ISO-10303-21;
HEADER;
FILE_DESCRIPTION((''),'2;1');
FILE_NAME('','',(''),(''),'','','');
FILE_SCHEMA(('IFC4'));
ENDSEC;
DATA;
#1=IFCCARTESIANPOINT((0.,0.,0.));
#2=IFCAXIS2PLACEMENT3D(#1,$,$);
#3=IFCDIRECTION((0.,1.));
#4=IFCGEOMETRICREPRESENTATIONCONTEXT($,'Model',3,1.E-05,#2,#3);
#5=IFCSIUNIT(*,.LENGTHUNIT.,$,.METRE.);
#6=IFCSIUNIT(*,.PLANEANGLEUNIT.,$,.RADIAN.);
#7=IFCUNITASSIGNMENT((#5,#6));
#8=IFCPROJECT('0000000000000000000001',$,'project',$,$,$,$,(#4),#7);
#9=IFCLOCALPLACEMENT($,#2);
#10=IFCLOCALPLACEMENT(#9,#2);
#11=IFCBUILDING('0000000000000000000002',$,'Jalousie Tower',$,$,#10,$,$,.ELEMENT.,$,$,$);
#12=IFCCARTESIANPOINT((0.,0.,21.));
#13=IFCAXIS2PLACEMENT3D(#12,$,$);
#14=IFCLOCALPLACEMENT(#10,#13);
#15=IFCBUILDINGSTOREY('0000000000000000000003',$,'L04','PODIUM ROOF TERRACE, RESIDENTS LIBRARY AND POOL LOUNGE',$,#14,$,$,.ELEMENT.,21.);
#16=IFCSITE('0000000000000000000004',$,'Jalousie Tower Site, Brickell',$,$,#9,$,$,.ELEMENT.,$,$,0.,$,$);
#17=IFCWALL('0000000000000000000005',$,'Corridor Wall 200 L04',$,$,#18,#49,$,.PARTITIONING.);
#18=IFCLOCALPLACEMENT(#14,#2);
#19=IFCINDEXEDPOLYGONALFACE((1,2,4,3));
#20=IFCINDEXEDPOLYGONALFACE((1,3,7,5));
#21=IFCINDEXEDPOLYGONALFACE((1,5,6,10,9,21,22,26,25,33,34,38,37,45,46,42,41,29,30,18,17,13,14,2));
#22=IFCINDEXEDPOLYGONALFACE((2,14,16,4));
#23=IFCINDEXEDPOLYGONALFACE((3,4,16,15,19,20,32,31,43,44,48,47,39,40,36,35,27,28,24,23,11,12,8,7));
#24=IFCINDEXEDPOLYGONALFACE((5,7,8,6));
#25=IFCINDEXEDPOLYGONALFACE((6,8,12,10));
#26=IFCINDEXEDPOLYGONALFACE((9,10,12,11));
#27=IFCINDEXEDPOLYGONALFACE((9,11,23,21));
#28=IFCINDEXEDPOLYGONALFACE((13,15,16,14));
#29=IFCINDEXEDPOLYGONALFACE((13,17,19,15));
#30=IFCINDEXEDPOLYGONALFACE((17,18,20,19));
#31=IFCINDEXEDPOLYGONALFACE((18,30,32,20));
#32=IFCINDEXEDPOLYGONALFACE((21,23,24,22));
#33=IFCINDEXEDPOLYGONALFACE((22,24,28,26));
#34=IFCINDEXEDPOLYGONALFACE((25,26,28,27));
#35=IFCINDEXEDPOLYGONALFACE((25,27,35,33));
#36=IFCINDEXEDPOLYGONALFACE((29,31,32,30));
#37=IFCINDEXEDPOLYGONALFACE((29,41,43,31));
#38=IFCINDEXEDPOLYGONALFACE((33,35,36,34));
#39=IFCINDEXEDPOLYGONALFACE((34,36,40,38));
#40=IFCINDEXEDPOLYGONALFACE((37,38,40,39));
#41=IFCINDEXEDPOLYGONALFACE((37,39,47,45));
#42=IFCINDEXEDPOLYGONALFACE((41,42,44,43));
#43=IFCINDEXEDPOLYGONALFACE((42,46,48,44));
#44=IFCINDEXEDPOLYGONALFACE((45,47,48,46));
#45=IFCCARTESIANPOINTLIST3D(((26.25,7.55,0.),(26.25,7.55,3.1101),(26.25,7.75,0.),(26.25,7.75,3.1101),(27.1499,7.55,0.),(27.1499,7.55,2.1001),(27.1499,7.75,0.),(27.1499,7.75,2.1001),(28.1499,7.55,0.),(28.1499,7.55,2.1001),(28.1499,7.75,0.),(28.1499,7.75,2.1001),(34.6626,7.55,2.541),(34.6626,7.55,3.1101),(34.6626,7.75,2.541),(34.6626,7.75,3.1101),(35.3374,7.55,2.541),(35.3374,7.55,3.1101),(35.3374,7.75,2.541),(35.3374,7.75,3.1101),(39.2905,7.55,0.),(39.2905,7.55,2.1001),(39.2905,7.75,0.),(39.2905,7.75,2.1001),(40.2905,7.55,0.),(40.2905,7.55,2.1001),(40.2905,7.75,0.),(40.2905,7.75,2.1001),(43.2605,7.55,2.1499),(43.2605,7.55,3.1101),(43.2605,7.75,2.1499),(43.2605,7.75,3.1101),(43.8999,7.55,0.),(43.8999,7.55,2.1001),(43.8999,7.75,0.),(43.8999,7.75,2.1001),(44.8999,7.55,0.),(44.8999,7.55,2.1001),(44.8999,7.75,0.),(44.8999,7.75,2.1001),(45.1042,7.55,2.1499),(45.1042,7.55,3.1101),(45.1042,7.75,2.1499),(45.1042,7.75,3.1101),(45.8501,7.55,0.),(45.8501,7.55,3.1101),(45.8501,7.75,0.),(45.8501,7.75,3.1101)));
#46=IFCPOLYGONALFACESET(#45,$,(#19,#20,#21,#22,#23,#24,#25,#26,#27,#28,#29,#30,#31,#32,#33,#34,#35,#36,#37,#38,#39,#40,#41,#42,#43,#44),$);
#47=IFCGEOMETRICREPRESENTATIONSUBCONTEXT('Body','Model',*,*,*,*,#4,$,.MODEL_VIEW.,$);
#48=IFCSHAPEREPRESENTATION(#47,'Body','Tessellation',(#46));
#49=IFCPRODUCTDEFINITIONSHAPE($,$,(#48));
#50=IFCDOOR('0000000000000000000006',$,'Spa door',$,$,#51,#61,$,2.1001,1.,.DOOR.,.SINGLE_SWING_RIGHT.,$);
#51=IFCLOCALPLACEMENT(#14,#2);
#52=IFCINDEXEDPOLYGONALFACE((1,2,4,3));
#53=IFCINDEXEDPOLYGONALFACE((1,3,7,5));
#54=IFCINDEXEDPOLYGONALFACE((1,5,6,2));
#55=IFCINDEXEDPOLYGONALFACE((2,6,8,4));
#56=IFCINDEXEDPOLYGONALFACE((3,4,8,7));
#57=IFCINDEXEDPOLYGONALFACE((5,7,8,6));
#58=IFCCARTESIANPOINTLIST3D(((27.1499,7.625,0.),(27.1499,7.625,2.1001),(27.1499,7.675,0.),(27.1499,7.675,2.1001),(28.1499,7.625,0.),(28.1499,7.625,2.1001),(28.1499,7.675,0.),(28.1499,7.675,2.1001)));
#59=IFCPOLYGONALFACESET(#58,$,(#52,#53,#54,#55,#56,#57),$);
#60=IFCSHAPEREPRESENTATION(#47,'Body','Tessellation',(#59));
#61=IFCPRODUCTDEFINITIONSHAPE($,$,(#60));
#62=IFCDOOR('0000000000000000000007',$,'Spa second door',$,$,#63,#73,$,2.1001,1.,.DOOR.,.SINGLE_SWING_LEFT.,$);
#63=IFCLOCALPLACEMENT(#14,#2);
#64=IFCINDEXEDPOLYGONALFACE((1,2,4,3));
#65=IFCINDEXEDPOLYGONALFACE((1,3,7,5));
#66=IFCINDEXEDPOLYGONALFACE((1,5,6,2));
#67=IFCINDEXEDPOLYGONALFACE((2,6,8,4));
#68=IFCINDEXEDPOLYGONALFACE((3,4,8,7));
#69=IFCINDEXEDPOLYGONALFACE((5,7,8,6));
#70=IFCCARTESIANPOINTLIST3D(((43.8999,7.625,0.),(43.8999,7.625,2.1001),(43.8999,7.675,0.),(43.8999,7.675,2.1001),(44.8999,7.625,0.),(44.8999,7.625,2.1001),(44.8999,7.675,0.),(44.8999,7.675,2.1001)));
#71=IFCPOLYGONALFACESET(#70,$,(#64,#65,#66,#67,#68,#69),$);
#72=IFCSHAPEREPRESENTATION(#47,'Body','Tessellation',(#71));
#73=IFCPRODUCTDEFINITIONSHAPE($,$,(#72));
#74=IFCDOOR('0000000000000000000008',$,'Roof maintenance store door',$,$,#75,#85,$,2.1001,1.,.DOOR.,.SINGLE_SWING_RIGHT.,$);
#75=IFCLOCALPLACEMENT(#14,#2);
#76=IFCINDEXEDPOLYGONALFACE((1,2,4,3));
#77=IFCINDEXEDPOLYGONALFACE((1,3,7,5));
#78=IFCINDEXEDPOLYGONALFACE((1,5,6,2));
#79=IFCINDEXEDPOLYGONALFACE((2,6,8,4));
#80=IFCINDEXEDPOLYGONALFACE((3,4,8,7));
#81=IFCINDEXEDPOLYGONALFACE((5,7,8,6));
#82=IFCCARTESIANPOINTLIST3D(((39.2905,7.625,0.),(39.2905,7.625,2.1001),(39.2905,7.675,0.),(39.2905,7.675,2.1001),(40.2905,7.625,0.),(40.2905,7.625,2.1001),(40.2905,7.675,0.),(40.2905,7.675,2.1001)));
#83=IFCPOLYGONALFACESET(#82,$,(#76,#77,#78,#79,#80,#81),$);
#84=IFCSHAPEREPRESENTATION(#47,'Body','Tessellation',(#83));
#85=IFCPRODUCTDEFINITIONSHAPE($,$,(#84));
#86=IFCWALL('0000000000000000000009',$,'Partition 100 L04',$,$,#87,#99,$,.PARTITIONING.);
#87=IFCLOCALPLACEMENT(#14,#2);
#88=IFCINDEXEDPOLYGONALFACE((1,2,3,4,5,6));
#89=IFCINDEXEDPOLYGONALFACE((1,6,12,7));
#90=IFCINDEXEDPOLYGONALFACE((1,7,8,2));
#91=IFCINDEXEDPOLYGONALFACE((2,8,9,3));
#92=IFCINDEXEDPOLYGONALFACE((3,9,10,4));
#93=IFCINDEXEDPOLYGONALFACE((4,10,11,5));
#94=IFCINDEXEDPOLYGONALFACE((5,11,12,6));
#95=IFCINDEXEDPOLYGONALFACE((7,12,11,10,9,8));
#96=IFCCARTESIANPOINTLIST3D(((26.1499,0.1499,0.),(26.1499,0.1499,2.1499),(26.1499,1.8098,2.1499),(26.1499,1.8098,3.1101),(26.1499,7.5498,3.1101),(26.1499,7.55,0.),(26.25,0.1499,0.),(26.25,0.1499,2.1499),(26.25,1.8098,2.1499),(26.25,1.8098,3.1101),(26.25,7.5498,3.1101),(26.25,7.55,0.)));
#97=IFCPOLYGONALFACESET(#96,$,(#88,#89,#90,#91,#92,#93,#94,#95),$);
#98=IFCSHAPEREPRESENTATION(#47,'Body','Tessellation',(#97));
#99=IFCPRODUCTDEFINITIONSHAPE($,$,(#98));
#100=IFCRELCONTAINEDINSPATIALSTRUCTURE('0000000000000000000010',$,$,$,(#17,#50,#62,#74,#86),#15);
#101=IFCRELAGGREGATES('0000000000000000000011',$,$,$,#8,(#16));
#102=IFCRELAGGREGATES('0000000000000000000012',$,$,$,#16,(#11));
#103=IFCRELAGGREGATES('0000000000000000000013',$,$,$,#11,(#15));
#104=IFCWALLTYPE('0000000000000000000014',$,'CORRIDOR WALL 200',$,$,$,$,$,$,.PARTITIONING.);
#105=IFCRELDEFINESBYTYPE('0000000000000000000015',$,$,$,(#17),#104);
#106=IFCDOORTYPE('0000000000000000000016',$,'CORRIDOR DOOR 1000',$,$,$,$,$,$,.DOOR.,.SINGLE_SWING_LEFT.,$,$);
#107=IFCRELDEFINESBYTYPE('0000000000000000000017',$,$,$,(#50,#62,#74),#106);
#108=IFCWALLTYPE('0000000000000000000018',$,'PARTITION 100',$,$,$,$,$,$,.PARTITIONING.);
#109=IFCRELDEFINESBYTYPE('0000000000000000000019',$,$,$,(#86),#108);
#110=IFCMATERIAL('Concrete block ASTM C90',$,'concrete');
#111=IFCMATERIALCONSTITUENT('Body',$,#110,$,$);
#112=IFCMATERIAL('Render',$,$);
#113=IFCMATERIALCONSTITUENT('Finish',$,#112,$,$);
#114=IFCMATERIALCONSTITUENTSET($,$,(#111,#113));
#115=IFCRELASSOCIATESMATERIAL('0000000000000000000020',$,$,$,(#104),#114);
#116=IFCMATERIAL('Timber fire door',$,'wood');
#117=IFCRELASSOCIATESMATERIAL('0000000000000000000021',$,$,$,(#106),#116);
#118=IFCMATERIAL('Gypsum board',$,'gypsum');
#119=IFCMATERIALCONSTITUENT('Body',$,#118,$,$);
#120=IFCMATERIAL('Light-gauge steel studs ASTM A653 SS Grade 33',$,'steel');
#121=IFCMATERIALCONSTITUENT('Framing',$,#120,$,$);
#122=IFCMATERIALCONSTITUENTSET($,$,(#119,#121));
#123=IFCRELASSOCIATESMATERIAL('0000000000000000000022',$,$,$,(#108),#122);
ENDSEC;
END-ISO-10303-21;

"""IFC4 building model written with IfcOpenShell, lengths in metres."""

from ifc_helpers import new_model, si_unit, direction, frame, frame_2d, origin, place, context, subcontext, project, spatial, polyline, rectangle, outline, extrude, material, constituent, constituent_set, type_object, element, fill, save


model = new_model("IFC4")

# Units and contexts
model_context = context("Model", 3, precision=1e-05, world=origin(), true_north=direction((0.0, 1.0)))
body_context = subcontext(model_context, "Body", "Model", "MODEL_VIEW")
ifc_project = project(units=[si_unit("LENGTHUNIT", "METRE"), si_unit("PLANEANGLEUNIT", "RADIAN")], contexts=[model_context])

# Site, building, storey
site_placement = place(None, origin())
site = spatial("IfcSite", under=ifc_project, at=site_placement, Name="Jalousie Tower Site, Brickell", CompositionType="ELEMENT", RefElevation=0.0)
building_placement = place(site_placement, origin())
building = spatial("IfcBuilding", under=site, at=building_placement, Name="Jalousie Tower", CompositionType="ELEMENT")
storey_placement = place(building_placement, frame((0.0, 0.0, 21.0)))
storey = spatial("IfcBuildingStorey", under=building, at=storey_placement, Name="L04", Description="PODIUM ROOF TERRACE, RESIDENTS LIBRARY AND POOL LOUNGE", CompositionType="ELEMENT", Elevation=21.0)

# Wall, openings, doors
ifc_material_1 = material(Name="Concrete block ASTM C90", Category="concrete")
ifc_constituent_1 = constituent(ifc_material_1, Name="Body")
ifc_material_2 = material(Name="Render")
ifc_constituent_2 = constituent(ifc_material_2, Name="Finish")
ifc_constituent_set_1 = constituent_set(constituents=[ifc_constituent_1, ifc_constituent_2])
wall_type_1 = type_object("IfcWallType", Name="CORRIDOR WALL 200", PredefinedType="PARTITIONING", material=ifc_constituent_set_1)
wall_1_placement = place(storey_placement, frame((26.25, 7.6499, 0.0), z_axis=(0.0, 0.0, 1.0), x_axis=(1.0, 0.0, 0.0)))
wall_1 = element("IfcWall", 1, at=wall_1_placement, inside=storey, type_object=wall_type_1, Name="Corridor Wall 200 L04", PredefinedType="PARTITIONING", context=body_context, shape_type="SweptSolid", body=[
    extrude(outline(polyline([(0.0, 0.0), (19.6001, 0.0), (19.6001, 3.1101), (18.8542, 3.1101), (18.8542, 2.1499), (17.0105, 2.1499), (17.0105, 3.1101), (9.0874, 3.1101), (9.0874, 2.541), (8.4126, 2.541), (8.4126, 3.1101), (0.0, 3.1101), (0.0, 0.0)])), frame((0.0, 0.1001, 0.0), z_axis=(0.0, -1.0, 0.0), x_axis=(1.0, 0.0, 0.0)), (0.0, 0.0, 1.0), 0.2),
])
opening_1_placement = place(wall_1_placement, frame((0.8999, 0.0, 0.0)))
opening_1 = element("IfcOpeningElement", 2, at=opening_1_placement, cuts=wall_1, PredefinedType="OPENING", context=body_context, shape_type="SweptSolid", body=[
    extrude(rectangle(XDim=1.0, YDim=2.1001, at=frame_2d((0.5, 1.05))), frame((0.0, 0.1099, 0.0), z_axis=(0.0, -1.0, 0.0), x_axis=(1.0, 0.0, 0.0)), (0.0, 0.0, 1.0), 0.22),
])
opening_2_placement = place(wall_1_placement, frame((17.6499, 0.0, 0.0)))
opening_2 = element("IfcOpeningElement", 3, at=opening_2_placement, cuts=wall_1, PredefinedType="OPENING", context=body_context, shape_type="SweptSolid", body=[
    extrude(rectangle(XDim=1.0, YDim=2.1001, at=frame_2d((0.5, 1.05))), frame((0.0, 0.1099, 0.0), z_axis=(0.0, -1.0, 0.0), x_axis=(1.0, 0.0, 0.0)), (0.0, 0.0, 1.0), 0.22),
])
opening_3_placement = place(wall_1_placement, frame((13.0405, 0.0, 0.0)))
opening_3 = element("IfcOpeningElement", 4, at=opening_3_placement, cuts=wall_1, PredefinedType="OPENING", context=body_context, shape_type="SweptSolid", body=[
    extrude(rectangle(XDim=1.0, YDim=2.1001, at=frame_2d((0.5, 1.05))), frame((0.0, 0.1099, 0.0), z_axis=(0.0, -1.0, 0.0), x_axis=(1.0, 0.0, 0.0)), (0.0, 0.0, 1.0), 0.22),
])
ifc_material_3 = material(Name="Timber fire door", Category="wood")
door_type_1 = type_object("IfcDoorType", Name="CORRIDOR DOOR 1000", OperationType="SINGLE_SWING_LEFT", PredefinedType="DOOR", material=ifc_material_3)
door_1_placement = place(opening_1_placement, frame((1.0, 0.0, 0.0), z_axis=(0.0, 0.0, 1.0), x_axis=(-1.0, 0.0, 0.0)))
door_1 = element("IfcDoor", 5, at=door_1_placement, inside=storey, type_object=door_type_1, Name="Spa door", OperationType="SINGLE_SWING_RIGHT", OverallHeight=2.1001, OverallWidth=1.0, PredefinedType="DOOR", context=body_context, shape_type="SweptSolid", body=[
    extrude(rectangle(XDim=1.0, YDim=2.1001, at=frame_2d((0.5, 1.05))), frame((0.0, 0.0249, 0.0), z_axis=(0.0, -1.0, 0.0), x_axis=(1.0, 0.0, 0.0)), (0.0, 0.0, 1.0), 0.05),
])
fill(opening_1, door_1)
door_2_placement = place(opening_2_placement, frame((1.0, 0.0, 0.0), z_axis=(0.0, 0.0, 1.0), x_axis=(-1.0, 0.0, 0.0)))
door_2 = element("IfcDoor", 6, at=door_2_placement, inside=storey, type_object=door_type_1, Name="Spa second door", OperationType="SINGLE_SWING_LEFT", OverallHeight=2.1001, OverallWidth=1.0, PredefinedType="DOOR", context=body_context, shape_type="SweptSolid", body=[
    extrude(rectangle(XDim=1.0, YDim=2.1001, at=frame_2d((0.5, 1.05))), frame((0.0, 0.0249, 0.0), z_axis=(0.0, -1.0, 0.0), x_axis=(1.0, 0.0, 0.0)), (0.0, 0.0, 1.0), 0.05),
])
fill(opening_2, door_2)
door_3_placement = place(opening_3_placement, frame((1.0, 0.0, 0.0), z_axis=(0.0, 0.0, 1.0), x_axis=(-1.0, 0.0, 0.0)))
door_3 = element("IfcDoor", 7, at=door_3_placement, inside=storey, type_object=door_type_1, Name="Roof maintenance store door", OperationType="SINGLE_SWING_RIGHT", OverallHeight=2.1001, OverallWidth=1.0, PredefinedType="DOOR", context=body_context, shape_type="SweptSolid", body=[
    extrude(rectangle(XDim=1.0, YDim=2.1001, at=frame_2d((0.5, 1.05))), frame((0.0, 0.0249, 0.0), z_axis=(0.0, -1.0, 0.0), x_axis=(1.0, 0.0, 0.0)), (0.0, 0.0, 1.0), 0.05),
])
fill(opening_3, door_3)

# Wall
ifc_material_4 = material(Name="Gypsum board", Category="gypsum")
ifc_constituent_3 = constituent(ifc_material_4, Name="Body")
ifc_material_5 = material(Name="Light-gauge steel studs ASTM A653 SS Grade 33", Category="steel")
ifc_constituent_4 = constituent(ifc_material_5, Name="Framing")
ifc_constituent_set_2 = constituent_set(constituents=[ifc_constituent_3, ifc_constituent_4])
wall_type_2 = type_object("IfcWallType", Name="PARTITION 100", PredefinedType="PARTITIONING", material=ifc_constituent_set_2)
wall_2_placement = place(storey_placement, frame((26.2, 0.1499, 0.0), z_axis=(0.0, 0.0, 1.0), x_axis=(0.0, 1.0, 0.0)))
element("IfcWall", 8, at=wall_2_placement, inside=storey, type_object=wall_type_2, Name="Partition 100 L04", PredefinedType="PARTITIONING", context=body_context, shape_type="SweptSolid", body=[
    extrude(outline(polyline([(0.0, 0.0), (7.4001, 0.0), (7.3999, 3.1101), (1.6599, 3.1101), (1.6599, 2.1499), (0.0, 2.1499), (0.0, 3.1101), (0.0, 0.0)])), frame((0.0, 0.05, 0.0), z_axis=(0.0, -1.0, 0.0), x_axis=(1.0, 0.0, 0.0)), (0.0, 0.0, 1.0), 0.1001),
])

save(model, "model.ifc")
